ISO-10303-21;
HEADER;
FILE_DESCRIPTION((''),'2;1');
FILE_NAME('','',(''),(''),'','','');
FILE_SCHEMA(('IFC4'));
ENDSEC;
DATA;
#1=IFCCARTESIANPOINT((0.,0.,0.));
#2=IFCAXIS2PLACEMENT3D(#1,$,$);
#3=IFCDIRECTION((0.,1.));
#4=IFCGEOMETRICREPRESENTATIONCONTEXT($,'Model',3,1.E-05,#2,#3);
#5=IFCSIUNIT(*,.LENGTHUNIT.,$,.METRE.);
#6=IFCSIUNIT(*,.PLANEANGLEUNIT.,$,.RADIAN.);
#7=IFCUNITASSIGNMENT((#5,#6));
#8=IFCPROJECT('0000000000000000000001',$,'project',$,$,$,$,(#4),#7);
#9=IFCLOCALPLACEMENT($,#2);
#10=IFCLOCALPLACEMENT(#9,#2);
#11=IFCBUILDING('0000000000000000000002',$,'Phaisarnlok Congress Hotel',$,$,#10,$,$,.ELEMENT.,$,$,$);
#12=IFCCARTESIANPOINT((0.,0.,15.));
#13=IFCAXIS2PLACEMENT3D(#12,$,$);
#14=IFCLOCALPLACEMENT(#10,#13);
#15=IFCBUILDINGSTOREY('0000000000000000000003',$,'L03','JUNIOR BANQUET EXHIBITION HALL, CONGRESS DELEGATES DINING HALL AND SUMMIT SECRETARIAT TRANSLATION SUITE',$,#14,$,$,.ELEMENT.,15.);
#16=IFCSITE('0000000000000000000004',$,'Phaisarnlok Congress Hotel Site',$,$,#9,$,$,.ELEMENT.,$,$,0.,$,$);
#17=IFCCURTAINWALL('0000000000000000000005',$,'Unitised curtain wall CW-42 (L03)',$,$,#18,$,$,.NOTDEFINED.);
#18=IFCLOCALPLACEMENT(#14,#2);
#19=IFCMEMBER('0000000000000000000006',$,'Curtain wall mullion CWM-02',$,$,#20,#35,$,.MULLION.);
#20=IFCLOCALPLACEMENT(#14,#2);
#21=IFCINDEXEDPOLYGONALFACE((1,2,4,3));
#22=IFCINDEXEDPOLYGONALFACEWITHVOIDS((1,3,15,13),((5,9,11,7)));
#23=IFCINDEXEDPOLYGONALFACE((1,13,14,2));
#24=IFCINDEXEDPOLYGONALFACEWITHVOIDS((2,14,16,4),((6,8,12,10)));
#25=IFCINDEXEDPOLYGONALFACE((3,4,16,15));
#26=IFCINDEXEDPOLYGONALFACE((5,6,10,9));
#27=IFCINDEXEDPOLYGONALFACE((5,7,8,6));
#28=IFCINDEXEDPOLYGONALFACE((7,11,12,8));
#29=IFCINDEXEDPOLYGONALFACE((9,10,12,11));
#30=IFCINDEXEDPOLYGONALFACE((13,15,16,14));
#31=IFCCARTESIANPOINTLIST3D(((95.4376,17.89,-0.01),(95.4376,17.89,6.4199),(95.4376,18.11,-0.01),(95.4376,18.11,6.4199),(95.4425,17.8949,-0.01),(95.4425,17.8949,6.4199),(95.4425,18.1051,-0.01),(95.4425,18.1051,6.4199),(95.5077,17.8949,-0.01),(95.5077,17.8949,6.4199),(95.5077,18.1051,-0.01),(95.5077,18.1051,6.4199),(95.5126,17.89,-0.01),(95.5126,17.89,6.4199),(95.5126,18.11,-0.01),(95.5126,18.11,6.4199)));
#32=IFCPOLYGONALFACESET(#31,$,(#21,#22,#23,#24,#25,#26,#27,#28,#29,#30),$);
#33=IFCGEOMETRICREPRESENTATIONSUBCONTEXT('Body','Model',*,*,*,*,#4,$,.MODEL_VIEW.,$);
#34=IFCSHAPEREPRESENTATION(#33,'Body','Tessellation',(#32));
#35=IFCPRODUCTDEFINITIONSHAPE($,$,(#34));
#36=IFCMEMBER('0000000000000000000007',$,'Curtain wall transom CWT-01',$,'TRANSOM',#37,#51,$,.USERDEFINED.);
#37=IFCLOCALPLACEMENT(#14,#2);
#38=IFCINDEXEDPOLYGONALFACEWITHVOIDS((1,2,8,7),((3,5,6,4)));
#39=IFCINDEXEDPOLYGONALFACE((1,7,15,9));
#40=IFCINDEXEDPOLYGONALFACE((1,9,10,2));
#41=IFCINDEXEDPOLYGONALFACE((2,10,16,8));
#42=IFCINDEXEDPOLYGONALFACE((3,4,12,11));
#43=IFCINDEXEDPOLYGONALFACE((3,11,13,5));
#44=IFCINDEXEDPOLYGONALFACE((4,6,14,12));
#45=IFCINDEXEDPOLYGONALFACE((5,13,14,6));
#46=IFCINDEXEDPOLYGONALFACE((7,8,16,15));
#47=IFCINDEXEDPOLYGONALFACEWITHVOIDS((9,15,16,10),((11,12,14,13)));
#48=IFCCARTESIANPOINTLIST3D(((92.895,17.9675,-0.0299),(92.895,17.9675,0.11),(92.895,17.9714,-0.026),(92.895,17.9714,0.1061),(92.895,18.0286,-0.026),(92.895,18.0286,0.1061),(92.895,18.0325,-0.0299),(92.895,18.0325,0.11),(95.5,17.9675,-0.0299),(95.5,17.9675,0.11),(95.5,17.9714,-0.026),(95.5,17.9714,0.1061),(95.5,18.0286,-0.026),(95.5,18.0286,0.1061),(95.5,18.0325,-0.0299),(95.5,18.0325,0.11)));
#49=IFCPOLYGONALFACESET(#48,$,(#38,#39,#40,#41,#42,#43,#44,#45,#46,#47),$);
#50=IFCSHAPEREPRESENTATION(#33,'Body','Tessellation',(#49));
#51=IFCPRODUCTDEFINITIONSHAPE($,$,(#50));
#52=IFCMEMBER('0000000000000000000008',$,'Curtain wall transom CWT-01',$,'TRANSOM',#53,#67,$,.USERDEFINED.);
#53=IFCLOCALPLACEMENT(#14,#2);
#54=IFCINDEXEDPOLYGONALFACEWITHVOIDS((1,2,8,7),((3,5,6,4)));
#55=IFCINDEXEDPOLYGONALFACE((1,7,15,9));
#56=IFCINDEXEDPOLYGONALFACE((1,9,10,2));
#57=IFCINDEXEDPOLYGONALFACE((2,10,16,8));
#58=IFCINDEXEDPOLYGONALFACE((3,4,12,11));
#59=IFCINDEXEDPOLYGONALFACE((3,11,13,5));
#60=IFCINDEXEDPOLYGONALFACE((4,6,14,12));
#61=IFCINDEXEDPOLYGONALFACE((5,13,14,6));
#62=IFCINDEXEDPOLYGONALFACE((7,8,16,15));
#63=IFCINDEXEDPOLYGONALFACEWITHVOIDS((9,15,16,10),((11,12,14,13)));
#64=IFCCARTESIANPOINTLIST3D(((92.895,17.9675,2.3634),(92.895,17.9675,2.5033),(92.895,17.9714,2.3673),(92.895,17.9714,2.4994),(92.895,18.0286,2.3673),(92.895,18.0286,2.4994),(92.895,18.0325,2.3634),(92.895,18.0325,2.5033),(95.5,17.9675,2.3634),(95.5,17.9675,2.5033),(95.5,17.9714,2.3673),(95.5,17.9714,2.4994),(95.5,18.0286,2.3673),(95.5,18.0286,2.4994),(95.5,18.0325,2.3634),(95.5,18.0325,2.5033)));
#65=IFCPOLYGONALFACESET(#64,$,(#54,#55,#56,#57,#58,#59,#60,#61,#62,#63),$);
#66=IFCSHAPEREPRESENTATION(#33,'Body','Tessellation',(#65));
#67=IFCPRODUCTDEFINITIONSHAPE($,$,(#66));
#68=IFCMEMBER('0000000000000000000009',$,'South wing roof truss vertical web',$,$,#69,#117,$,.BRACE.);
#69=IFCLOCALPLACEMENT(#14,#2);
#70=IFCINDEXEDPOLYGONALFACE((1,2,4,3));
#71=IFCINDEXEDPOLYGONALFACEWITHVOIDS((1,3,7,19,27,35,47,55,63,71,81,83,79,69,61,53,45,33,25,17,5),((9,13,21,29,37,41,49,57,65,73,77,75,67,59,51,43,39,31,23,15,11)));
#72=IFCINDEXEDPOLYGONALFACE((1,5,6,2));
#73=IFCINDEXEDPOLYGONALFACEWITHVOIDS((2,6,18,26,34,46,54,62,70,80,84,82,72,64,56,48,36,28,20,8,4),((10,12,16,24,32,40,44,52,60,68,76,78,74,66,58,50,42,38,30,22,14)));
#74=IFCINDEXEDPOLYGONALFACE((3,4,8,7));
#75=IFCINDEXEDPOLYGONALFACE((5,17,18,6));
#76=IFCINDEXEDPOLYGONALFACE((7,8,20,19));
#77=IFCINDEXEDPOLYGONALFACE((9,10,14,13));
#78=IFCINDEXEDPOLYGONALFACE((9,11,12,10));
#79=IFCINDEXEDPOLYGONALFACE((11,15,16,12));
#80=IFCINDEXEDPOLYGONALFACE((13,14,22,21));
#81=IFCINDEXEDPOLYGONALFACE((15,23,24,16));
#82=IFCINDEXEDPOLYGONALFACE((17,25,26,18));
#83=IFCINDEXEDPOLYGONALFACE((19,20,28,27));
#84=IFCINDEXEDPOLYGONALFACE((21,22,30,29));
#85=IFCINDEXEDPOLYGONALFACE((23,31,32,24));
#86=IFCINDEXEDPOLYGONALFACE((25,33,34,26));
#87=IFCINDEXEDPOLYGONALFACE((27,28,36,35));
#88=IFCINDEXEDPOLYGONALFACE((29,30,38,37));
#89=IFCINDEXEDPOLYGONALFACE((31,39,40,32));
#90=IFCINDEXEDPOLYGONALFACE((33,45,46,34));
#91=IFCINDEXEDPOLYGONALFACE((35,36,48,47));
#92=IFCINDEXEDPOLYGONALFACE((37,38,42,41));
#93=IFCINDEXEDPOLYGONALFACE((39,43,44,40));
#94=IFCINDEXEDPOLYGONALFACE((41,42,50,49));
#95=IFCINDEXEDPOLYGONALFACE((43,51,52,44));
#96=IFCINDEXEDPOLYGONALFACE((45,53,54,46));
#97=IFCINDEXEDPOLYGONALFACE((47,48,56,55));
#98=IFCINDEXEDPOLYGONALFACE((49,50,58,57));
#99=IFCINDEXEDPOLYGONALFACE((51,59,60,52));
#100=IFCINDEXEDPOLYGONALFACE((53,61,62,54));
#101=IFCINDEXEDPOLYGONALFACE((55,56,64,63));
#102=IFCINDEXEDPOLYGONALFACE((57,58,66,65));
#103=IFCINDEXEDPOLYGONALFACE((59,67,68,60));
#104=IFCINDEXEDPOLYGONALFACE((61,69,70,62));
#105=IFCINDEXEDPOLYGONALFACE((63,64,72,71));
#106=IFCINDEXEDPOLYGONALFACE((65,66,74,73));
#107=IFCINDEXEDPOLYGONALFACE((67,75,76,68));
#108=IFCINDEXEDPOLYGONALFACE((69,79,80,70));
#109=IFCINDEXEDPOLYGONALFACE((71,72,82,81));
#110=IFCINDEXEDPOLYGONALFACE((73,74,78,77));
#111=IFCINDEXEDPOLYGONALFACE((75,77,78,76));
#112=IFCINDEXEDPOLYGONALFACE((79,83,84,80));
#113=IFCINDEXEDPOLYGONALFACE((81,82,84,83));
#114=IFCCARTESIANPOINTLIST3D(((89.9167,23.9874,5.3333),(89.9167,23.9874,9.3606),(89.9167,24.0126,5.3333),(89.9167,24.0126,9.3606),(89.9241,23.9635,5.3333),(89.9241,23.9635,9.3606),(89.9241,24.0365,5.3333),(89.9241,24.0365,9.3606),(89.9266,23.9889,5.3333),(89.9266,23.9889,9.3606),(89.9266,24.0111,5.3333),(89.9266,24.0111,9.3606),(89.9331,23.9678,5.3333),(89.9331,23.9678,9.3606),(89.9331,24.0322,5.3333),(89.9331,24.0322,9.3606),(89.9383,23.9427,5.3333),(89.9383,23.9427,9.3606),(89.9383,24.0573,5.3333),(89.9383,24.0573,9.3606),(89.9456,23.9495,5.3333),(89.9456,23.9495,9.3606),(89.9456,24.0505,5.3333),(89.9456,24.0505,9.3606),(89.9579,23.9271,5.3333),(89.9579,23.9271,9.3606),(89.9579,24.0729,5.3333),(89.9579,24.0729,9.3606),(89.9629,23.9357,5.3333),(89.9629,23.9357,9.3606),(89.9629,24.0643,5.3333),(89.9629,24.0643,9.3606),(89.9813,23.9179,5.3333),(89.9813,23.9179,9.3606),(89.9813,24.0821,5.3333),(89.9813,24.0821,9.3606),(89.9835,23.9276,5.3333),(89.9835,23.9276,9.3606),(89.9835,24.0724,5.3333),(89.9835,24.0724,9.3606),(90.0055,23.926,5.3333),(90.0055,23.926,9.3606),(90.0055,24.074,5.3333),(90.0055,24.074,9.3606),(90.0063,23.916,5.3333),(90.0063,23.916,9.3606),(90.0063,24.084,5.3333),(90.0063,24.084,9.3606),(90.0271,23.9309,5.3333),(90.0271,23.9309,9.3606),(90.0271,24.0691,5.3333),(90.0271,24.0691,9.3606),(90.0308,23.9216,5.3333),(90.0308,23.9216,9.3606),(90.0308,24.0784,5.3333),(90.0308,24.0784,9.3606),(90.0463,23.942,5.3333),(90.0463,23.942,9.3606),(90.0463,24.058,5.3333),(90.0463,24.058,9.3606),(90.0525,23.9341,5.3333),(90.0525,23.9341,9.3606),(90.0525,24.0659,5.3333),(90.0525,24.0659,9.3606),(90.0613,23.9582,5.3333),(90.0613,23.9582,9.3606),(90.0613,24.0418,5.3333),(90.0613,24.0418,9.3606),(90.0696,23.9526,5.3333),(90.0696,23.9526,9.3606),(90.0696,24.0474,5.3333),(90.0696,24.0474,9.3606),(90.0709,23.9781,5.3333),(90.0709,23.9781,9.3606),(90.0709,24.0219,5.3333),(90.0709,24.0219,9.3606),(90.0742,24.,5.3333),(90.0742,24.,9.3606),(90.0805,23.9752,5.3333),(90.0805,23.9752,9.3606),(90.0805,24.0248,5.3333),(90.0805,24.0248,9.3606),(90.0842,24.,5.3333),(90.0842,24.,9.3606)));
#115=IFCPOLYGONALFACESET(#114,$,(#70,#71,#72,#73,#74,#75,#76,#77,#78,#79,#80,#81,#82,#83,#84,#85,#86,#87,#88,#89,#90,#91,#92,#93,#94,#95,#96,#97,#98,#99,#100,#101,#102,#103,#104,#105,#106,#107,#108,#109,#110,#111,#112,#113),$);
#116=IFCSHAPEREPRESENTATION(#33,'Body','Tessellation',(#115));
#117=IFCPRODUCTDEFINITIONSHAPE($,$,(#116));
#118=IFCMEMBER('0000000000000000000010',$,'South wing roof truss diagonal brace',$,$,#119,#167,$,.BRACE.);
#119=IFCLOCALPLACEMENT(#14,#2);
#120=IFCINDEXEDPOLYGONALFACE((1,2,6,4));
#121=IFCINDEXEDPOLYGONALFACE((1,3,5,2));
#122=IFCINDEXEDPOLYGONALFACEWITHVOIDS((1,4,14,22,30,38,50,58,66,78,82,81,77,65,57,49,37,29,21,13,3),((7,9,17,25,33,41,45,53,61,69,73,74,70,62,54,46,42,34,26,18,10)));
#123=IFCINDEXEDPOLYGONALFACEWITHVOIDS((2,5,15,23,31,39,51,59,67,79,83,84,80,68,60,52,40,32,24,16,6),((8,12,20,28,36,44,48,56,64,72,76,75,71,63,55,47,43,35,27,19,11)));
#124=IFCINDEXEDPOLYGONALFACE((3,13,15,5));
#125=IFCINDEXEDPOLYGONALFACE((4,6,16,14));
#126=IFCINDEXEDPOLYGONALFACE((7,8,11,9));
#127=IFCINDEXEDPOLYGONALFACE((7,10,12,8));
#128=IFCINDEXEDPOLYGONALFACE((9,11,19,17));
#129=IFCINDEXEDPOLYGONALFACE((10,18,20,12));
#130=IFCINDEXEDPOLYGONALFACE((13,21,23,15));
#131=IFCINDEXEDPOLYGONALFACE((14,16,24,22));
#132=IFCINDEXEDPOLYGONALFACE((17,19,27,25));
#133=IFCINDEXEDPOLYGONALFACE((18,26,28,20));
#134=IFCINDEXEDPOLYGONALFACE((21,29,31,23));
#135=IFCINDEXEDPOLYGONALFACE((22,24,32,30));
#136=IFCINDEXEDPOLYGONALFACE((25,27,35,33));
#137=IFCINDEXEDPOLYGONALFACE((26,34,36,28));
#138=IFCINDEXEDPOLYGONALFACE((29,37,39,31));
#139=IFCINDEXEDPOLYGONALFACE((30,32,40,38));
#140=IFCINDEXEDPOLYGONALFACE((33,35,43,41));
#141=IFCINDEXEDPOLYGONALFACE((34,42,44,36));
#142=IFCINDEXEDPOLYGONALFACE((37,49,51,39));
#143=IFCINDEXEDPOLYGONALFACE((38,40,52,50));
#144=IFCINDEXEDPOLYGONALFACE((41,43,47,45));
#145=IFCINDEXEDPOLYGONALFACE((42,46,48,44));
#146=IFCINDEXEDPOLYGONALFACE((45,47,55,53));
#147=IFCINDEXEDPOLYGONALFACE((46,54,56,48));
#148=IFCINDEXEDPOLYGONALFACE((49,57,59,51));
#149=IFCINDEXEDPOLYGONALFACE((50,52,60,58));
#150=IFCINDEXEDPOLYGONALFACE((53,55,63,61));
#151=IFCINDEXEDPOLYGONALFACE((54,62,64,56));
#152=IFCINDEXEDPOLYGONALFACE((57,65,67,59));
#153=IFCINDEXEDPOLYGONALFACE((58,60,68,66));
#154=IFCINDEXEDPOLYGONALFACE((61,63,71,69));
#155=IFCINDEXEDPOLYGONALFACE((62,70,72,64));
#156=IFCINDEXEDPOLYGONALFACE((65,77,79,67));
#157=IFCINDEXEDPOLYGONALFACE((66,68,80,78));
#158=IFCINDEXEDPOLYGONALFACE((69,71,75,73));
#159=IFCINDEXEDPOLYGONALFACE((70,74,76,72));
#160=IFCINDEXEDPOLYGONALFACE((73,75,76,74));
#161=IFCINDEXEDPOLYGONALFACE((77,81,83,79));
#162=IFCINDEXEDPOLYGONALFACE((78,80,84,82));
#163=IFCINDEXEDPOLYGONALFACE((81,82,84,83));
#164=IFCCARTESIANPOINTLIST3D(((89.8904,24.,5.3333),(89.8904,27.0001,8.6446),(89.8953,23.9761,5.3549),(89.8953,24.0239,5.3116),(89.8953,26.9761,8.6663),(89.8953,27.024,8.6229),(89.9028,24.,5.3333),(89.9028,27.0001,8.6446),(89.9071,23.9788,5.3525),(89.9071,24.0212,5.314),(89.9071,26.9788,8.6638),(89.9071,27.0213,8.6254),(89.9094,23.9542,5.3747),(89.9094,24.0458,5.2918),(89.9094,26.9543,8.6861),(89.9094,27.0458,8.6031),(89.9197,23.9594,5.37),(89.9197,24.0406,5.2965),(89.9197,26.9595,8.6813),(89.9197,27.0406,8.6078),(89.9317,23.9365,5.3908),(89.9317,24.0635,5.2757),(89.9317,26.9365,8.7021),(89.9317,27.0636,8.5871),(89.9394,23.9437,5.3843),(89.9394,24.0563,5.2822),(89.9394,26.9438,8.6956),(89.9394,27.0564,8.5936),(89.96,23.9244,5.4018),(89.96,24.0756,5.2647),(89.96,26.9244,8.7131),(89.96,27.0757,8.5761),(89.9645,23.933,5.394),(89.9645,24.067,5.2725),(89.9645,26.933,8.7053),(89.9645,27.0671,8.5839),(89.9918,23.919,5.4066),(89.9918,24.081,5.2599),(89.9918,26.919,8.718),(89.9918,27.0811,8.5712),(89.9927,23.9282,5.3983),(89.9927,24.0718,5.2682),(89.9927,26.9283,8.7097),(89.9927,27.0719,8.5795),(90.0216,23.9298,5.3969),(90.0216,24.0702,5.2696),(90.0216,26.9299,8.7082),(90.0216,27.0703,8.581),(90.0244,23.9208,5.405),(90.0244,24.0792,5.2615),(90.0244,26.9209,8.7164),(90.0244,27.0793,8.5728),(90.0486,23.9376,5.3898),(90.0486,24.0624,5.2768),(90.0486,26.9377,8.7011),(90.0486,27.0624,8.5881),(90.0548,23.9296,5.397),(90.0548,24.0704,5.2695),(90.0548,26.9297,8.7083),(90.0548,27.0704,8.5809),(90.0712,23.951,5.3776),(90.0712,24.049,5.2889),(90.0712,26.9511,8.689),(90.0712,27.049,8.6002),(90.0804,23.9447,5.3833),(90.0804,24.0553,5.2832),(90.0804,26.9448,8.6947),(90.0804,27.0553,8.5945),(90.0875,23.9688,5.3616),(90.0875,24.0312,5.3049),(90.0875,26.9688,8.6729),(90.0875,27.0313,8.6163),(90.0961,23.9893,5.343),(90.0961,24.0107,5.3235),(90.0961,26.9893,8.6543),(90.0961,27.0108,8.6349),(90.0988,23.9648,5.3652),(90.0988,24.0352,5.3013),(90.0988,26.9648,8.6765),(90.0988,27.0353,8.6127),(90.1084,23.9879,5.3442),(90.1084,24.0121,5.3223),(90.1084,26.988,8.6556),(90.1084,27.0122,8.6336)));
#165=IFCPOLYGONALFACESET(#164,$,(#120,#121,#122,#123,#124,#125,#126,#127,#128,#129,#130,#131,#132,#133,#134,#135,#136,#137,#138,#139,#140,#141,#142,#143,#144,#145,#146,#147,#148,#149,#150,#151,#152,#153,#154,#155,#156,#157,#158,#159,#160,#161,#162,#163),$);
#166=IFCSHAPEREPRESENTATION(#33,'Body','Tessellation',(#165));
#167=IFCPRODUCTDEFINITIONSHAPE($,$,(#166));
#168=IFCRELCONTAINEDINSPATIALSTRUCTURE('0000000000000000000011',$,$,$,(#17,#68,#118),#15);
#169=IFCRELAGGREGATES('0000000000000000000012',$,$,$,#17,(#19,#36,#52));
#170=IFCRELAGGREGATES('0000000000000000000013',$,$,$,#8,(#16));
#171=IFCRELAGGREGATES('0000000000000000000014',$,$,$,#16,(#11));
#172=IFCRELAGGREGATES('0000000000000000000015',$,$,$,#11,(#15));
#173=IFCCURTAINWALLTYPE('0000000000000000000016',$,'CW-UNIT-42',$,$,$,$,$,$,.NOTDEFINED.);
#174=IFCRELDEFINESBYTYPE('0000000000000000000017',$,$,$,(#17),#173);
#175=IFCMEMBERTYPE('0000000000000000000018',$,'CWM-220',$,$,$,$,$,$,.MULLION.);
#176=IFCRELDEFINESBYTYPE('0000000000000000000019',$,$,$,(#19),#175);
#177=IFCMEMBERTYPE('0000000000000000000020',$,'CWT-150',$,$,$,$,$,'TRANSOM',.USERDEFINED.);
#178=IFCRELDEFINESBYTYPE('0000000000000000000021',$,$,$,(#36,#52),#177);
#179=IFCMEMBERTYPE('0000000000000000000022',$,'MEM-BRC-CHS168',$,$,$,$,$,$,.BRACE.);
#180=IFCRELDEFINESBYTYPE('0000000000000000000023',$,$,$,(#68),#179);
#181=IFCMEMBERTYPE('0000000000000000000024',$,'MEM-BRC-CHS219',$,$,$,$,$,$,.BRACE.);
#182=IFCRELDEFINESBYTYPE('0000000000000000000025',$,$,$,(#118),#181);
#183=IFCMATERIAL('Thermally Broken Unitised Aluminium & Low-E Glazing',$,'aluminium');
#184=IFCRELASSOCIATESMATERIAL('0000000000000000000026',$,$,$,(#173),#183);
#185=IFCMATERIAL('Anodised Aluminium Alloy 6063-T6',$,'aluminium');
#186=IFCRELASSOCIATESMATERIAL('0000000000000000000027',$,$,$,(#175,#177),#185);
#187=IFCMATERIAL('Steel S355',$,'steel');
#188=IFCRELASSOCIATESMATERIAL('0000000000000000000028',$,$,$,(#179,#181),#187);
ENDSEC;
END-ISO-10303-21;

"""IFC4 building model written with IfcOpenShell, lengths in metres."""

from ifc_helpers import new_model, si_unit, direction, frame, origin, origin_2d, place, context, subcontext, project, spatial, hollow_rectangle, hollow_circle, extrude, material, material_profile, profile_set, type_object, element, aggregate, save


model = new_model("IFC4")

# Units and contexts
model_context = context("Model", 3, precision=1e-05, world=origin(), true_north=direction((0.0, 1.0)))
body_context = subcontext(model_context, "Body", "Model", "MODEL_VIEW")
ifc_project = project(units=[si_unit("LENGTHUNIT", "METRE"), si_unit("PLANEANGLEUNIT", "RADIAN")], contexts=[model_context])

# Site, building, storey
site_placement = place(None, origin())
site = spatial("IfcSite", under=ifc_project, at=site_placement, Name="Phaisarnlok Congress Hotel Site", CompositionType="ELEMENT", RefElevation=0.0)
building_placement = place(site_placement, origin())
building = spatial("IfcBuilding", under=site, at=building_placement, Name="Phaisarnlok Congress Hotel", CompositionType="ELEMENT")
storey_placement = place(building_placement, frame((0.0, 0.0, 15.0)))
storey = spatial("IfcBuildingStorey", under=building, at=storey_placement, Name="L03", Description="JUNIOR BANQUET EXHIBITION HALL, CONGRESS DELEGATES DINING HALL AND SUMMIT SECRETARIAT TRANSLATION SUITE", CompositionType="ELEMENT", Elevation=15.0)

# Shared definitions
ifc_material_1 = material(Name="Steel S355", Category="steel")

# Curtain wall, members
ifc_material_2 = material(Name="Thermally Broken Unitised Aluminium & Low-E Glazing", Category="aluminium")
curtain_wall_type = type_object("IfcCurtainWallType", Name="CW-UNIT-42", PredefinedType="NOTDEFINED", material=ifc_material_2)
curtain_wall_placement = place(storey_placement, origin())
curtain_wall = element("IfcCurtainWall", 1, at=curtain_wall_placement, inside=storey, type_object=curtain_wall_type, Name="Unitised curtain wall CW-42 (L03)", PredefinedType="NOTDEFINED")
ifc_material_3 = material(Name="Anodised Aluminium Alloy 6063-T6", Category="aluminium")
ifc_material_profile_1 = material_profile(ifc_material_3, hollow_rectangle(XDim=0.075, YDim=0.22, WallThickness=0.0049, at=origin_2d()), Name="ALU-M 75x220x5")
ifc_profile_set_1 = profile_set([ifc_material_profile_1], Name="Anodised Aluminium Alloy 6063-T6")
member_type_1 = type_object("IfcMemberType", Name="CWM-220", PredefinedType="MULLION", material=ifc_profile_set_1)
member_1_placement = place(storey_placement, frame((95.4751, 18.0, -0.01), z_axis=(0.0, 0.0, 1.0), x_axis=(1.0, 0.0, 0.0)))
member_1 = element("IfcMember", 2, at=member_1_placement, type_object=member_type_1, Name="Curtain wall mullion CWM-02", PredefinedType="MULLION", context=body_context, shape_type="SweptSolid", body=[
    extrude(hollow_rectangle(XDim=0.075, YDim=0.22, WallThickness=0.0049, at=origin_2d()), origin(), (0.0, 0.0, 1.0), 6.4299),
])
ifc_material_profile_2 = material_profile(ifc_material_3, hollow_rectangle(XDim=0.0649, YDim=0.1399, WallThickness=0.0039, at=origin_2d()), Name="ALU-T 65x140x4")
ifc_profile_set_2 = profile_set([ifc_material_profile_2], Name="Anodised Aluminium Alloy 6063-T6")
member_type_2 = type_object("IfcMemberType", Name="CWT-150", ElementType="TRANSOM", PredefinedType="USERDEFINED", material=ifc_profile_set_2)
member_2_placement = place(storey_placement, frame((92.895, 18.0, 0.04), z_axis=(1.0, 0.0, 0.0), x_axis=(0.0, 1.0, 0.0)))
member_2 = element("IfcMember", 3, at=member_2_placement, type_object=member_type_2, Name="Curtain wall transom CWT-01", ObjectType="TRANSOM", PredefinedType="USERDEFINED", context=body_context, shape_type="SweptSolid", body=[
    extrude(hollow_rectangle(XDim=0.0649, YDim=0.1399, WallThickness=0.0039, at=origin_2d()), origin(), (0.0, 0.0, 1.0), 2.605),
])
member_3_placement = place(storey_placement, frame((92.895, 18.0, 2.4333), z_axis=(1.0, 0.0, 0.0), x_axis=(0.0, 1.0, 0.0)))
member_3 = element("IfcMember", 4, at=member_3_placement, type_object=member_type_2, Name="Curtain wall transom CWT-01", ObjectType="TRANSOM", PredefinedType="USERDEFINED", context=body_context, shape_type="SweptSolid", body=[
    extrude(hollow_rectangle(XDim=0.0649, YDim=0.1399, WallThickness=0.0039, at=origin_2d()), origin(), (0.0, 0.0, 1.0), 2.605),
])

# Members
ifc_material_profile_3 = material_profile(ifc_material_1, hollow_circle(Radius=0.0842, WallThickness=0.01, at=origin_2d()), Name="CHS 168.3x10")
ifc_profile_set_3 = profile_set([ifc_material_profile_3], Name="Steel S355")
member_type_3 = type_object("IfcMemberType", Name="MEM-BRC-CHS168", PredefinedType="BRACE", material=ifc_profile_set_3)
member_4_placement = place(storey_placement, frame((90.0, 24.0, 5.3333), z_axis=(0.0, 0.0, 1.0), x_axis=(1.0, 0.0, 0.0)))
element("IfcMember", 5, at=member_4_placement, inside=storey, type_object=member_type_3, Name="South wing roof truss vertical web", PredefinedType="BRACE", context=body_context, shape_type="SweptSolid", body=[
    extrude(hollow_circle(Radius=0.0842, WallThickness=0.01, at=origin_2d()), origin(), (0.0, 0.0, 1.0), 4.0273),
])
ifc_material_profile_4 = material_profile(ifc_material_1, hollow_circle(Radius=0.1096, WallThickness=0.0125, at=origin_2d()), Name="CHS 219.1x12.5")
ifc_profile_set_4 = profile_set([ifc_material_profile_4], Name="Steel S355")
member_type_4 = type_object("IfcMemberType", Name="MEM-BRC-CHS219", PredefinedType="BRACE", material=ifc_profile_set_4)
member_5_placement = place(storey_placement, frame((90.0, 24.0, 5.3333), z_axis=(0.0, 0.671415, 0.741081), x_axis=(-1.0, 0.0, 0.0)))
element("IfcMember", 6, at=member_5_placement, inside=storey, type_object=member_type_4, Name="South wing roof truss diagonal brace", PredefinedType="BRACE", context=body_context, shape_type="SweptSolid", body=[
    extrude(hollow_circle(Radius=0.1096, WallThickness=0.0125, at=origin_2d()), origin(), (0.0, 0.0, 1.0), 4.4683),
])

aggregate(curtain_wall, [member_1, member_2, member_3])

save(model, "model.ifc")
